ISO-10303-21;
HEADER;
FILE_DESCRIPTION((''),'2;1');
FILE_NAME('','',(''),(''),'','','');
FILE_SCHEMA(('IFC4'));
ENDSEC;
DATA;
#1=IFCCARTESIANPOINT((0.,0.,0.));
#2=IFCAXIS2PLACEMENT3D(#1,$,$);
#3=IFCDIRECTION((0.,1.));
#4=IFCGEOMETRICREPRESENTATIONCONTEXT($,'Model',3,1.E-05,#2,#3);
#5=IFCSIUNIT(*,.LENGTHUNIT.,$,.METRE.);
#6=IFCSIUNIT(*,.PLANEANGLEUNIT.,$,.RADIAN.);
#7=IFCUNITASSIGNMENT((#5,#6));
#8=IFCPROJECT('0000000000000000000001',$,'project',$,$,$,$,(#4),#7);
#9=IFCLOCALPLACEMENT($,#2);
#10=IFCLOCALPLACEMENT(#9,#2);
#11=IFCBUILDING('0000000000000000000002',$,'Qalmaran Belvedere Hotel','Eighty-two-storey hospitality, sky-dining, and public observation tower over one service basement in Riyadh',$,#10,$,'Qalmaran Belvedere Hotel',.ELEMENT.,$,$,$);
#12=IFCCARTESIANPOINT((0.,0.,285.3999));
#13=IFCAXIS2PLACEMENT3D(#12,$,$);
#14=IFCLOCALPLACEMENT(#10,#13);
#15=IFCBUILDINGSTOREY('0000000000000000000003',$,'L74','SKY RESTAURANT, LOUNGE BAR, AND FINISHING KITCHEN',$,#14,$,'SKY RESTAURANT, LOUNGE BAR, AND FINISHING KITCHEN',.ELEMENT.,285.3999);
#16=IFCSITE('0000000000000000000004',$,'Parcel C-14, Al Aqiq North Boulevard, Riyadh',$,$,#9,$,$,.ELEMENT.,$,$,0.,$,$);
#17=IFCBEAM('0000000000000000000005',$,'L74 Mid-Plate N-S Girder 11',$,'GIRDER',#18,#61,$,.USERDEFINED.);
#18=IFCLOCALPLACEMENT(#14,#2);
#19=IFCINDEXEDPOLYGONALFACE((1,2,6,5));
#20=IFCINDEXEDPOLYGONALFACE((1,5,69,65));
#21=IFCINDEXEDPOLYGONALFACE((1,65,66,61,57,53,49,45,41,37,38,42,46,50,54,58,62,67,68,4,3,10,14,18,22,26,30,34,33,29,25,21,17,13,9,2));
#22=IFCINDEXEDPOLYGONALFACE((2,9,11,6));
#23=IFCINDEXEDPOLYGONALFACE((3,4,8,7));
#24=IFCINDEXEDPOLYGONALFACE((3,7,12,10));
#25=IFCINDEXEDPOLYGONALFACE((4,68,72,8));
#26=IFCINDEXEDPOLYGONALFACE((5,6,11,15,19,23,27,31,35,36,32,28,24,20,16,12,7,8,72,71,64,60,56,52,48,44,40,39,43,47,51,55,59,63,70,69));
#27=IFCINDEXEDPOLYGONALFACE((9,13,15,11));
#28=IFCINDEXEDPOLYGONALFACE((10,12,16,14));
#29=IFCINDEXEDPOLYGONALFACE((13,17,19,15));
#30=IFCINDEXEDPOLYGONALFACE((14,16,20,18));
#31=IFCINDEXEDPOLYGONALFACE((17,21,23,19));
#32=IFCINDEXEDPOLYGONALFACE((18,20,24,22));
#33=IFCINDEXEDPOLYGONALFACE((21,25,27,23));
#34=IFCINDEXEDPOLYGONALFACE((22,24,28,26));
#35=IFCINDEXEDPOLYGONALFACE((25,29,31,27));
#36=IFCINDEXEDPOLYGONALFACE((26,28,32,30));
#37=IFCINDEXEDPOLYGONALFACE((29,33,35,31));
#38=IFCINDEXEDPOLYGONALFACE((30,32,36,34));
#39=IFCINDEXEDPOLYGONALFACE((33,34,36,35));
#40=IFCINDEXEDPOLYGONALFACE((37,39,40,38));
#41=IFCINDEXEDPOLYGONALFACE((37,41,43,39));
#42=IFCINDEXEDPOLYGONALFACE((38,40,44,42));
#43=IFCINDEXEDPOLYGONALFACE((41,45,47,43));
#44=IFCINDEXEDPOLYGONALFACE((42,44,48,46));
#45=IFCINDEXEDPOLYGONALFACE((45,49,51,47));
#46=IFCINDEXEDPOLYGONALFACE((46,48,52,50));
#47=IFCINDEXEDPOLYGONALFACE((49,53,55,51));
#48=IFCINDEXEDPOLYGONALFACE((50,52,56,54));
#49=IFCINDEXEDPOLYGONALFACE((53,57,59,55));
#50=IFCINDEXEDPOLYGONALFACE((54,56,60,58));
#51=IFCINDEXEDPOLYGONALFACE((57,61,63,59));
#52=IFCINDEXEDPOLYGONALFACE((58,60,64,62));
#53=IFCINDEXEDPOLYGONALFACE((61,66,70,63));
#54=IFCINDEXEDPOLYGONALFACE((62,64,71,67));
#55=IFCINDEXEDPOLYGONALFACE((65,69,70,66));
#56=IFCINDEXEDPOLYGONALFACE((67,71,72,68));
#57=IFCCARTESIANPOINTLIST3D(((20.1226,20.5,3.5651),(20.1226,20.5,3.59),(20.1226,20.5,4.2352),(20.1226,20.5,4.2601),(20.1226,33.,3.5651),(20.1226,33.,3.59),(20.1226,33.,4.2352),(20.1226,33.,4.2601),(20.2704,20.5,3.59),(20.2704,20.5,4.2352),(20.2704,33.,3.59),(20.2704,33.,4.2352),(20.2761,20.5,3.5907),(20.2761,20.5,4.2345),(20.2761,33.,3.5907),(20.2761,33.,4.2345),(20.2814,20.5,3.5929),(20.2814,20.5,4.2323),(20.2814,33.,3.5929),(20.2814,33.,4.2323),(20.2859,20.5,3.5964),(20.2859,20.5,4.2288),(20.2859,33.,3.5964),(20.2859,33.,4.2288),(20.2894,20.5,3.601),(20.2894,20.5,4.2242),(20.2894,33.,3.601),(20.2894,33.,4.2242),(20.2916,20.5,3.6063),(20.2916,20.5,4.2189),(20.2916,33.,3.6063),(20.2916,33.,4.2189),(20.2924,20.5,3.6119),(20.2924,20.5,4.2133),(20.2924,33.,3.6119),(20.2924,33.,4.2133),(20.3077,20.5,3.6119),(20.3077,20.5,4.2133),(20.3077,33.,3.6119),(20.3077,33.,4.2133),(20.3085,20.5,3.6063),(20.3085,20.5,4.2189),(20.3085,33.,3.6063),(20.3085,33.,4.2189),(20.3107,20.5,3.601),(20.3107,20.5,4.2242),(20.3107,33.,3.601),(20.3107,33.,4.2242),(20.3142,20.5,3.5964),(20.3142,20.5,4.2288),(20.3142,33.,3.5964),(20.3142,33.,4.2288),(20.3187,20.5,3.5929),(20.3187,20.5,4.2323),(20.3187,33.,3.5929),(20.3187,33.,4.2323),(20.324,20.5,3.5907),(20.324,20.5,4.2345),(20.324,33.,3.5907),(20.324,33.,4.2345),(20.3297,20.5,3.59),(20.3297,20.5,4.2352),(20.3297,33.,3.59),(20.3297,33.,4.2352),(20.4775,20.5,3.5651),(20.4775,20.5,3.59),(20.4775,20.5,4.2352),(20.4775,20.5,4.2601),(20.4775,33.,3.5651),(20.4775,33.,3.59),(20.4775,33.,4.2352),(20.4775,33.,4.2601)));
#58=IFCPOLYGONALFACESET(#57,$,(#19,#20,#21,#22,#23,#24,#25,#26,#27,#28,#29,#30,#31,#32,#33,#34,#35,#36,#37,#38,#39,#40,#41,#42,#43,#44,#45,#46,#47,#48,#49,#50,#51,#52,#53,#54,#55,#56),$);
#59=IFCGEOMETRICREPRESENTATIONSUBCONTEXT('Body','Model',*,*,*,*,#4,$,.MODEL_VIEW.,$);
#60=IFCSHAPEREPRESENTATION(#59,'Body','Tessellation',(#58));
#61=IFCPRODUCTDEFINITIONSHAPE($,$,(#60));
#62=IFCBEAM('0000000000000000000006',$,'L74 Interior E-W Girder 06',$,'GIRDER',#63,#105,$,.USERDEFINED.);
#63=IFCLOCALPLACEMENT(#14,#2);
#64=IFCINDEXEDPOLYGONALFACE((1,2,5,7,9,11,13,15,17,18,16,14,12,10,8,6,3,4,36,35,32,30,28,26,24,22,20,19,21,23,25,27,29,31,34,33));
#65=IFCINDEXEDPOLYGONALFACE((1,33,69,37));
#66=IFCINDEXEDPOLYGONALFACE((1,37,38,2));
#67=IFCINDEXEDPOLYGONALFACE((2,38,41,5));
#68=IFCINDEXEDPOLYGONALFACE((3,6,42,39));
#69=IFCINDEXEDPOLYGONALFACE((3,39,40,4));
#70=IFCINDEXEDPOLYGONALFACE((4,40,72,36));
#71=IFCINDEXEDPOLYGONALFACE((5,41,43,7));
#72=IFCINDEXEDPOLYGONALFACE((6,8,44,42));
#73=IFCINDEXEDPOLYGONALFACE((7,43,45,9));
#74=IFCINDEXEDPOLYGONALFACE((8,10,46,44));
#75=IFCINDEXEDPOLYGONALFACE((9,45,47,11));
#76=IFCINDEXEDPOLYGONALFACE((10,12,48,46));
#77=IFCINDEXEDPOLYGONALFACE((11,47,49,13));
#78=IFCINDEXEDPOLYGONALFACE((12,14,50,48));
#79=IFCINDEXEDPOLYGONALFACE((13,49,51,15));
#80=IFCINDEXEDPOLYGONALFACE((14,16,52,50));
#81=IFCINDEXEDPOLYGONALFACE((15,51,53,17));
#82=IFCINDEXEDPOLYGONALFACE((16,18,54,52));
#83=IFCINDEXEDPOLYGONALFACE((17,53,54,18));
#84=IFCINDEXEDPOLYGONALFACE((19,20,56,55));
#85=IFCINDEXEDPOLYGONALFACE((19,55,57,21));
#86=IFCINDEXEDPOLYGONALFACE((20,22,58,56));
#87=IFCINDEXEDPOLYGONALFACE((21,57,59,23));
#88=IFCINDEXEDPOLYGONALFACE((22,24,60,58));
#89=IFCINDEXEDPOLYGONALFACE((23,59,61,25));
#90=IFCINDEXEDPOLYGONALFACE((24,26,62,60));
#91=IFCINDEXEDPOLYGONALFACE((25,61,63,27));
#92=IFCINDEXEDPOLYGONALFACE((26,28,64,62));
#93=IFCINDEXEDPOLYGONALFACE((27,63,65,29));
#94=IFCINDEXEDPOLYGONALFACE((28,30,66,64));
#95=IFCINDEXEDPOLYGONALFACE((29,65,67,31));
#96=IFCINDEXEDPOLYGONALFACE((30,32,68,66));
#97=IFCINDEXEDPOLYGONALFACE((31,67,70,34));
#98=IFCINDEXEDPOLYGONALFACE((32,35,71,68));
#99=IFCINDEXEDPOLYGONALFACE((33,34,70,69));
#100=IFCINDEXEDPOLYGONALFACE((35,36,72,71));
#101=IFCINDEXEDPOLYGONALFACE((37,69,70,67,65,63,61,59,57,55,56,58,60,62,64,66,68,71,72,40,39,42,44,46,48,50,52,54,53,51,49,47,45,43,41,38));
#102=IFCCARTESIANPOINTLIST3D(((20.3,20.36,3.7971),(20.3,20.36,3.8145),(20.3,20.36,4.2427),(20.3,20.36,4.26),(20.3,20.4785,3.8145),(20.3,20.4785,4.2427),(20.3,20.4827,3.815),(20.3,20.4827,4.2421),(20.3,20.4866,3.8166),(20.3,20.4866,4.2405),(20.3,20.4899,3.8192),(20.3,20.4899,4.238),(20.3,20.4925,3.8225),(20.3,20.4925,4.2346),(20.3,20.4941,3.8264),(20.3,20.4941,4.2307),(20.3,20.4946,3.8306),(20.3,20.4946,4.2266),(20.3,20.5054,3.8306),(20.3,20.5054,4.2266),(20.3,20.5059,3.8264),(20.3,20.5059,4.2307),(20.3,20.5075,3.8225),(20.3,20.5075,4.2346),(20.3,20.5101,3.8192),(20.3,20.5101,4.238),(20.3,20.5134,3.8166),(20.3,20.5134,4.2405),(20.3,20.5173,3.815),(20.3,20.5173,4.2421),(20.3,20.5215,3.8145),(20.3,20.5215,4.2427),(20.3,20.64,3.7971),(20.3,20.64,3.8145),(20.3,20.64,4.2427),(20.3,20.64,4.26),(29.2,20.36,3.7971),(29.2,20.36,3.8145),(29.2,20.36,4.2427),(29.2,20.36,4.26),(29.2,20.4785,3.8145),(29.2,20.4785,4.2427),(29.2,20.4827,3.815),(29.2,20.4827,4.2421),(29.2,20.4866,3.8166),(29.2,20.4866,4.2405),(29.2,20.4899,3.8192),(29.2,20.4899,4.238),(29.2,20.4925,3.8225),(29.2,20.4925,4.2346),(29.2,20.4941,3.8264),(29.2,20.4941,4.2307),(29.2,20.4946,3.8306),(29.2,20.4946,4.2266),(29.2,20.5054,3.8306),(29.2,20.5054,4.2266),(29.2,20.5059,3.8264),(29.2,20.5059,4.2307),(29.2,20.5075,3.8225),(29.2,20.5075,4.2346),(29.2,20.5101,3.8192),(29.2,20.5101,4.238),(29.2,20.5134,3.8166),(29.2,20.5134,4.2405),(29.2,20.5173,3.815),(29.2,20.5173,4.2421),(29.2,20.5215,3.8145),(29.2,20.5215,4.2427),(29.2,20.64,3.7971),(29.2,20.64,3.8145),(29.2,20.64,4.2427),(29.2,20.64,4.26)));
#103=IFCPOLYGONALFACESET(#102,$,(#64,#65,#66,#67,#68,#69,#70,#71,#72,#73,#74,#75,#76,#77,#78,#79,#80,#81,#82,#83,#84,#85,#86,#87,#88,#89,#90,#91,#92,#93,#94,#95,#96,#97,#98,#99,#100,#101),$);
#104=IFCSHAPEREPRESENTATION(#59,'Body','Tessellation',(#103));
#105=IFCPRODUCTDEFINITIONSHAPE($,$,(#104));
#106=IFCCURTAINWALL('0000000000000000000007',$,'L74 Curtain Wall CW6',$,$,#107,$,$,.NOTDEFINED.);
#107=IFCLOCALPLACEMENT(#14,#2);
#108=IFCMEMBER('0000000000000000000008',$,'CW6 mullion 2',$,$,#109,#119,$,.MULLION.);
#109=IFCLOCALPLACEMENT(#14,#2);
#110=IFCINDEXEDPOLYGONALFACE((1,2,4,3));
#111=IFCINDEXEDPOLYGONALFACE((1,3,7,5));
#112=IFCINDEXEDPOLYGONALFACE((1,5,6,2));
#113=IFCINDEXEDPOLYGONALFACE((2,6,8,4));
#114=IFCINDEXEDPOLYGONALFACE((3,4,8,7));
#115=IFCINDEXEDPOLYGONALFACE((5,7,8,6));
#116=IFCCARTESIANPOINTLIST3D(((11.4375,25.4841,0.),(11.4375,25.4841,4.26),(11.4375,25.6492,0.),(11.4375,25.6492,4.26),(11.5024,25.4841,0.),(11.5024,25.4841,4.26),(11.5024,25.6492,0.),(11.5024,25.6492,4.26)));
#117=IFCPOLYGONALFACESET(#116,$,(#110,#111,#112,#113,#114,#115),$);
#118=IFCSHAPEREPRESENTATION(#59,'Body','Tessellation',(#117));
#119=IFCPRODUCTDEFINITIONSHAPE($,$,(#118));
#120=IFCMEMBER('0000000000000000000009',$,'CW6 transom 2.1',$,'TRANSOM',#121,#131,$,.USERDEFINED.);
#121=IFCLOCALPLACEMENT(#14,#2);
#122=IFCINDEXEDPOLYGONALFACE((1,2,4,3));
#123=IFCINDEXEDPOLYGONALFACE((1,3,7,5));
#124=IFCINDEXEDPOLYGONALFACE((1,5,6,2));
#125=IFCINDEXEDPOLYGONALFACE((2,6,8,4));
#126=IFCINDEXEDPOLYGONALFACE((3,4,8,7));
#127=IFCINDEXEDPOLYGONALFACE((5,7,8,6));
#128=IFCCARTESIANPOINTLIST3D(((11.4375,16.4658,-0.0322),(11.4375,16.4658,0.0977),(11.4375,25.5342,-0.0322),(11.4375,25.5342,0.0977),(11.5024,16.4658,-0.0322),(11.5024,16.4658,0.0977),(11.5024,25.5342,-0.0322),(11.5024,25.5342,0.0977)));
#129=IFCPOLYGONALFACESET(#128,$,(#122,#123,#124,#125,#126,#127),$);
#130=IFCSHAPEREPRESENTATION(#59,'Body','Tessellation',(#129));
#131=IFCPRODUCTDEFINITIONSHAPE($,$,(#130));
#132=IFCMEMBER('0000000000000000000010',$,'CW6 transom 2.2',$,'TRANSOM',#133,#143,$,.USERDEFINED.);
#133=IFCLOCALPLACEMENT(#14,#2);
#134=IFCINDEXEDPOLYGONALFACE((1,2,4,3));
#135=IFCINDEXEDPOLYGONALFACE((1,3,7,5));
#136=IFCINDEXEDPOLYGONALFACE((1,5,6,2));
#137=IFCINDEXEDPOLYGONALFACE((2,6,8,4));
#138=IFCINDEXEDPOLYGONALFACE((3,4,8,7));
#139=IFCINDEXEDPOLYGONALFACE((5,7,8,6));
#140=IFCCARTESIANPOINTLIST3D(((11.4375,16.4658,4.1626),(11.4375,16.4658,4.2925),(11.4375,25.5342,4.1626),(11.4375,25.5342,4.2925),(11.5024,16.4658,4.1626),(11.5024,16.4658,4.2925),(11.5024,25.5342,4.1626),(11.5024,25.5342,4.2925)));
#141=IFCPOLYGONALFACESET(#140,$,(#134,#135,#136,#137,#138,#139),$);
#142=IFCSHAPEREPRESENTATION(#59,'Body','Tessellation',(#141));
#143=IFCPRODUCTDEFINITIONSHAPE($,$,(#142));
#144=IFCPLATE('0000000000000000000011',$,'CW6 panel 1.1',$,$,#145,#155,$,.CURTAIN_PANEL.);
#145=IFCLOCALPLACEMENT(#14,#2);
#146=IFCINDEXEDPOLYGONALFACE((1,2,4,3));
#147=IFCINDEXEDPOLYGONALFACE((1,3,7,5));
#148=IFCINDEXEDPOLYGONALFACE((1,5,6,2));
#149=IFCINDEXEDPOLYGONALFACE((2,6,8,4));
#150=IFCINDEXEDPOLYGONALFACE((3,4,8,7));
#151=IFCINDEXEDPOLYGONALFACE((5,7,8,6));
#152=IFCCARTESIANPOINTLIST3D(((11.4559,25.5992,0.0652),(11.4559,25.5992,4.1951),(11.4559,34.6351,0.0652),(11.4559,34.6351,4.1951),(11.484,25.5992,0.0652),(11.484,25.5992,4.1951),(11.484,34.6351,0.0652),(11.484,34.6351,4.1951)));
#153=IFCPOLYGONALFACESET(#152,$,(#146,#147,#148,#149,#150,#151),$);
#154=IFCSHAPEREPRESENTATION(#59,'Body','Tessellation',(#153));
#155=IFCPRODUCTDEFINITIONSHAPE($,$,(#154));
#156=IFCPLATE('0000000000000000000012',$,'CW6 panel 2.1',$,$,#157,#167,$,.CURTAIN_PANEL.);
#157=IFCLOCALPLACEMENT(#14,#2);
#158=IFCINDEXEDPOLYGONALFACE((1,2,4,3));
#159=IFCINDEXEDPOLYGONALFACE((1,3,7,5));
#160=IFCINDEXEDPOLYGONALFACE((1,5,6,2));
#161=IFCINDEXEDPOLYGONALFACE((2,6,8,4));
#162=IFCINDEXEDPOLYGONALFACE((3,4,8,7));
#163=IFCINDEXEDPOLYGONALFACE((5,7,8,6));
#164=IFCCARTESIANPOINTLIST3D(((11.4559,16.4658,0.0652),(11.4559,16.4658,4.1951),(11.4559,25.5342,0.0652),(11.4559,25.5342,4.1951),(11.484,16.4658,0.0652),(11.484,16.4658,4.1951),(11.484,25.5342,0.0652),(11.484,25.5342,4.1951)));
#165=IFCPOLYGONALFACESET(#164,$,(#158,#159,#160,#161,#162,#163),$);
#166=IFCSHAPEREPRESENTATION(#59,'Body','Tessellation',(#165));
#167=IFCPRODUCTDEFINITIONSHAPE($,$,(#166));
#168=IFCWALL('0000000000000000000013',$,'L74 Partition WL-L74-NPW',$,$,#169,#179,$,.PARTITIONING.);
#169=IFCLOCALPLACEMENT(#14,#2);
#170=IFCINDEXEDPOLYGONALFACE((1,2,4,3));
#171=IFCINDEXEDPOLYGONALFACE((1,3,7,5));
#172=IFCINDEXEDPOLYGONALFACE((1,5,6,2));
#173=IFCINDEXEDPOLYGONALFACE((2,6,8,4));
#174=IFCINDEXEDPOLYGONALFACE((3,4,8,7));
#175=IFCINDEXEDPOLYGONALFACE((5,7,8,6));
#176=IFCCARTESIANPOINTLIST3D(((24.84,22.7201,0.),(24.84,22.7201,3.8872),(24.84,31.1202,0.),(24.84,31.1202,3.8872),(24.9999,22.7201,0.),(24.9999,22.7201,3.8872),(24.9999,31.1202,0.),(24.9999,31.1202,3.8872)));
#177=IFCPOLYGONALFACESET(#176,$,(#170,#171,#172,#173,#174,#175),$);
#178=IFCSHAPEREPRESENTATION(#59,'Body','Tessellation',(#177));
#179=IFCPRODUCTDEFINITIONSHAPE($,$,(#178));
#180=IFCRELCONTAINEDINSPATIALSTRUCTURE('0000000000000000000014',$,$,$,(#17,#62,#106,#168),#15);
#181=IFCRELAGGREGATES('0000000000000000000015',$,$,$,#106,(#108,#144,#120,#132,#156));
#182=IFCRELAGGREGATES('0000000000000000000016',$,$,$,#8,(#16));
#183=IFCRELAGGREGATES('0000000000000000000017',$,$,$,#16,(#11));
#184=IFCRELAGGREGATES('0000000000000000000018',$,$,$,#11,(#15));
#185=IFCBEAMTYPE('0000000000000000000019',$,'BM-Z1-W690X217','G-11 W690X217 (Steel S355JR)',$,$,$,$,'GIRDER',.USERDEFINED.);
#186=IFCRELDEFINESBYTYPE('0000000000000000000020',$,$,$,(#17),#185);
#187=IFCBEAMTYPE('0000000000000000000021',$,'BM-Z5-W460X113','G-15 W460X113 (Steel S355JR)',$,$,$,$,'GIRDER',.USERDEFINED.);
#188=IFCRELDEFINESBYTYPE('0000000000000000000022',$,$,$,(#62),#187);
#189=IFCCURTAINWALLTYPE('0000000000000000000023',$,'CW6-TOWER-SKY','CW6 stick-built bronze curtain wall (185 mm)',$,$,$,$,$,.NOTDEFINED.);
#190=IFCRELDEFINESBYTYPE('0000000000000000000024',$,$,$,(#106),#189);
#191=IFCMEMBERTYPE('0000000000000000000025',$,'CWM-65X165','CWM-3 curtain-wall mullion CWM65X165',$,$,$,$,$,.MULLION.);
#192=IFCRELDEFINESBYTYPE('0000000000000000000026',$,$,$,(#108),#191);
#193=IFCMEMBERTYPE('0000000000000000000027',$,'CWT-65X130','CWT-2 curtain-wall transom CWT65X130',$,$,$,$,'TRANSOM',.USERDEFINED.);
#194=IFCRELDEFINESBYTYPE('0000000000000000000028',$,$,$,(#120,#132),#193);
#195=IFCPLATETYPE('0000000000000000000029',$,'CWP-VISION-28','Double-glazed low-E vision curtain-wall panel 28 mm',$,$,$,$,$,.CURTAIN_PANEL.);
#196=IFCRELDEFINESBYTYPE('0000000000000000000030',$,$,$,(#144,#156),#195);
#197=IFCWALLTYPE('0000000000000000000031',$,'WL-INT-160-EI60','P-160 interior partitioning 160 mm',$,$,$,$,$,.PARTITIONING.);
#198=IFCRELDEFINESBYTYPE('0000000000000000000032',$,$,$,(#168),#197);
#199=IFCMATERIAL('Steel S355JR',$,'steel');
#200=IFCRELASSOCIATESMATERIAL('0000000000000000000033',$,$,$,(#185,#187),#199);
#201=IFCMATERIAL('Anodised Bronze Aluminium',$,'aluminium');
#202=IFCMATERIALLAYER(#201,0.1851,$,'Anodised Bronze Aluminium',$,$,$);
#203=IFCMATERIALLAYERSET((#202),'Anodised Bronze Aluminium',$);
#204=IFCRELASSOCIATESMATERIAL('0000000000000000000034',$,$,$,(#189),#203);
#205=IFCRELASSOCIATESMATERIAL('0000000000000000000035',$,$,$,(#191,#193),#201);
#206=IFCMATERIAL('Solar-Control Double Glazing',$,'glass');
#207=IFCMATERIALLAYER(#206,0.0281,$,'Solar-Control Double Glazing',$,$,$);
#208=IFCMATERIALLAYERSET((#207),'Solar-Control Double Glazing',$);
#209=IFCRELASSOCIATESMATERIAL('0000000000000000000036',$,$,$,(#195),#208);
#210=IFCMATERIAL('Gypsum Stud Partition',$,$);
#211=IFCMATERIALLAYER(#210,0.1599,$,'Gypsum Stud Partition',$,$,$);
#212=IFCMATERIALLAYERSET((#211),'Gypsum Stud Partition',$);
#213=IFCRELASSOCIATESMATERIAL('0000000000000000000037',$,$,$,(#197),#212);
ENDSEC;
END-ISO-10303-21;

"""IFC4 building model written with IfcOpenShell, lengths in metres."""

from ifc_helpers import new_model, si_unit, direction, frame, frame_2d, origin, origin_2d, place, context, subcontext, project, spatial, rectangle, i_section, extrude, material, layer, layer_set, material_profile, profile_set, type_object, element, aggregate, save


model = new_model("IFC4")

# Units and contexts
model_context = context("Model", 3, precision=1e-05, world=origin(), true_north=direction((0.0, 1.0)))
body_context = subcontext(model_context, "Body", "Model", "MODEL_VIEW")
ifc_project = project(units=[si_unit("LENGTHUNIT", "METRE"), si_unit("PLANEANGLEUNIT", "RADIAN")], contexts=[model_context])

# Site, building, storey
site_placement = place(None, origin())
site = spatial("IfcSite", under=ifc_project, at=site_placement, Name="Parcel C-14, Al Aqiq North Boulevard, Riyadh", CompositionType="ELEMENT", RefElevation=0.0)
building_placement = place(site_placement, origin())
building = spatial("IfcBuilding", under=site, at=building_placement, Name="Qalmaran Belvedere Hotel", Description="Eighty-two-storey hospitality, sky-dining, and public observation tower over one service basement in Riyadh", LongName="Qalmaran Belvedere Hotel", CompositionType="ELEMENT")
storey_placement = place(building_placement, frame((0.0, 0.0, 285.3999)))
storey = spatial("IfcBuildingStorey", under=building, at=storey_placement, Name="L74", Description="SKY RESTAURANT, LOUNGE BAR, AND FINISHING KITCHEN", LongName="SKY RESTAURANT, LOUNGE BAR, AND FINISHING KITCHEN", CompositionType="ELEMENT", Elevation=285.3999)

# Beams
ifc_material_1 = material(Name="Steel S355JR", Category="steel")
ifc_material_profile_1 = material_profile(ifc_material_1, i_section(OverallWidth=0.355, OverallDepth=0.6951, WebThickness=0.0154, FlangeThickness=0.0249, FilletRadius=0.022, at=origin_2d()), Name="W690X217")
ifc_profile_set_1 = profile_set([ifc_material_profile_1], Name="Steel S355JR")
beam_type_1 = type_object("IfcBeamType", Name="BM-Z1-W690X217", Description="G-11 W690X217 (Steel S355JR)", ElementType="GIRDER", PredefinedType="USERDEFINED", material=ifc_profile_set_1)
beam_1_placement = place(storey_placement, frame((20.3, 20.5, 3.9126), z_axis=(0.0, 1.0, 0.0), x_axis=(-1.0, 0.0, 0.0)))
element("IfcBeam", 1, at=beam_1_placement, inside=storey, type_object=beam_type_1, Name="L74 Mid-Plate N-S Girder 11", ObjectType="GIRDER", PredefinedType="USERDEFINED", context=body_context, shape_type="SweptSolid", body=[
    extrude(i_section(OverallWidth=0.355, OverallDepth=0.6951, WebThickness=0.0154, FlangeThickness=0.0249, FilletRadius=0.022, at=origin_2d()), origin(), (0.0, 0.0, 1.0), 12.5),
])
ifc_material_profile_2 = material_profile(ifc_material_1, i_section(OverallWidth=0.28, OverallDepth=0.4629, WebThickness=0.0107, FlangeThickness=0.0173, FilletRadius=0.0161, at=origin_2d()), Name="W460X113")
ifc_profile_set_2 = profile_set([ifc_material_profile_2], Name="Steel S355JR")
beam_type_2 = type_object("IfcBeamType", Name="BM-Z5-W460X113", Description="G-15 W460X113 (Steel S355JR)", ElementType="GIRDER", PredefinedType="USERDEFINED", material=ifc_profile_set_2)
beam_2_placement = place(storey_placement, frame((20.3, 20.5, 4.0286), z_axis=(1.0, 0.0, 0.0), x_axis=(0.0, 1.0, 0.0)))
element("IfcBeam", 2, at=beam_2_placement, inside=storey, type_object=beam_type_2, Name="L74 Interior E-W Girder 06", ObjectType="GIRDER", PredefinedType="USERDEFINED", context=body_context, shape_type="SweptSolid", body=[
    extrude(i_section(OverallWidth=0.28, OverallDepth=0.4629, WebThickness=0.0107, FlangeThickness=0.0173, FilletRadius=0.0161, at=origin_2d()), origin(), (0.0, 0.0, 1.0), 8.8999),
])

# Curtain wall, members, plates
ifc_material_2 = material(Name="Anodised Bronze Aluminium", Category="aluminium")
ifc_layer_1 = layer(ifc_material_2, 0.1851, Name="Anodised Bronze Aluminium")
ifc_layer_set_1 = layer_set([ifc_layer_1], Name="Anodised Bronze Aluminium")
curtain_wall_type = type_object("IfcCurtainWallType", Name="CW6-TOWER-SKY", Description="CW6 stick-built bronze curtain wall (185 mm)", PredefinedType="NOTDEFINED", material=ifc_layer_set_1)
curtain_wall_placement = place(storey_placement, origin())
curtain_wall = element("IfcCurtainWall", 3, at=curtain_wall_placement, inside=storey, type_object=curtain_wall_type, Name="L74 Curtain Wall CW6", PredefinedType="NOTDEFINED")
ifc_material_profile_3 = material_profile(ifc_material_2, rectangle(XDim=0.0649, YDim=0.165, at=origin_2d()), Name="CWM65X165")
ifc_profile_set_3 = profile_set([ifc_material_profile_3], Name="Anodised Bronze Aluminium")
member_type_1 = type_object("IfcMemberType", Name="CWM-65X165", Description="CWM-3 curtain-wall mullion CWM65X165", PredefinedType="MULLION", material=ifc_profile_set_3)
member_1_placement = place(storey_placement, frame((11.47, 25.5667, 0.0), z_axis=(0.0, 0.0, 1.0), x_axis=(1.0, 0.0, 0.0)))
member_1 = element("IfcMember", 4, at=member_1_placement, type_object=member_type_1, Name="CW6 mullion 2", PredefinedType="MULLION", context=body_context, shape_type="SweptSolid", body=[
    extrude(rectangle(XDim=0.0649, YDim=0.165, at=origin_2d()), origin(), (0.0, 0.0, 1.0), 4.26),
])
ifc_material_profile_4 = material_profile(ifc_material_2, rectangle(XDim=0.0649, YDim=0.1299, at=origin_2d()), Name="CWT65X130")
ifc_profile_set_4 = profile_set([ifc_material_profile_4], Name="Anodised Bronze Aluminium")
member_type_2 = type_object("IfcMemberType", Name="CWT-65X130", Description="CWT-2 curtain-wall transom CWT65X130", ElementType="TRANSOM", PredefinedType="USERDEFINED", material=ifc_profile_set_4)
member_2_placement = place(storey_placement, frame((11.47, 25.5342, 0.0327), z_axis=(0.0, -1.0, 0.0), x_axis=(1.0, 0.0, 0.0)))
member_2 = element("IfcMember", 5, at=member_2_placement, type_object=member_type_2, Name="CW6 transom 2.1", ObjectType="TRANSOM", PredefinedType="USERDEFINED", context=body_context, shape_type="SweptSolid", body=[
    extrude(rectangle(XDim=0.0649, YDim=0.1299, at=origin_2d()), origin(), (0.0, 0.0, 1.0), 9.0684),
])
member_3_placement = place(storey_placement, frame((11.47, 25.5342, 4.2275), z_axis=(0.0, -1.0, 0.0), x_axis=(1.0, 0.0, 0.0)))
member_3 = element("IfcMember", 6, at=member_3_placement, type_object=member_type_2, Name="CW6 transom 2.2", ObjectType="TRANSOM", PredefinedType="USERDEFINED", context=body_context, shape_type="SweptSolid", body=[
    extrude(rectangle(XDim=0.0649, YDim=0.1299, at=origin_2d()), origin(), (0.0, 0.0, 1.0), 9.0684),
])
ifc_material_3 = material(Name="Solar-Control Double Glazing", Category="glass")
ifc_layer_2 = layer(ifc_material_3, 0.0281, Name="Solar-Control Double Glazing")
ifc_layer_set_2 = layer_set([ifc_layer_2], Name="Solar-Control Double Glazing")
plate_type = type_object("IfcPlateType", Name="CWP-VISION-28", Description="Double-glazed low-E vision curtain-wall panel 28 mm", PredefinedType="CURTAIN_PANEL", material=ifc_layer_set_2)
plate_1_placement = place(storey_placement, frame((11.47, 30.1172, 0.0652), z_axis=(0.0, 0.0, 1.0), x_axis=(0.0, -1.0, 0.0)))
plate_1 = element("IfcPlate", 7, at=plate_1_placement, type_object=plate_type, Name="CW6 panel 1.1", PredefinedType="CURTAIN_PANEL", context=body_context, shape_type="SweptSolid", body=[
    extrude(rectangle(XDim=9.0359, YDim=0.0281, at=origin_2d()), origin(), (0.0, 0.0, 1.0), 4.1299),
])
plate_2_placement = place(storey_placement, frame((11.47, 21.0, 0.0652), z_axis=(0.0, 0.0, 1.0), x_axis=(0.0, -1.0, 0.0)))
plate_2 = element("IfcPlate", 8, at=plate_2_placement, type_object=plate_type, Name="CW6 panel 2.1", PredefinedType="CURTAIN_PANEL", context=body_context, shape_type="SweptSolid", body=[
    extrude(rectangle(XDim=9.0684, YDim=0.0281, at=origin_2d()), origin(), (0.0, 0.0, 1.0), 4.1299),
])
aggregate(curtain_wall, [member_1, plate_1, member_2, member_3, plate_2])

# Wall
ifc_material_4 = material(Name="Gypsum Stud Partition")
ifc_layer_3 = layer(ifc_material_4, 0.1599, Name="Gypsum Stud Partition")
ifc_layer_set_3 = layer_set([ifc_layer_3], Name="Gypsum Stud Partition")
wall_type_1 = type_object("IfcWallType", Name="WL-INT-160-EI60", Description="P-160 interior partitioning 160 mm", PredefinedType="PARTITIONING", material=ifc_layer_set_3)
wall_1_placement = place(storey_placement, frame((24.9199, 22.72, 0.0), z_axis=(0.0, 0.0, 1.0), x_axis=(0.0, 1.0, 0.0)))
element("IfcWall", 9, at=wall_1_placement, inside=storey, type_object=wall_type_1, Name="L74 Partition WL-L74-NPW", PredefinedType="PARTITIONING", context=body_context, shape_type="SweptSolid", body=[
    extrude(rectangle(XDim=8.4001, YDim=0.1599, at=frame_2d((4.2002, 0.0))), origin(), (0.0, 0.0, 1.0), 3.8872),
])

save(model, "model.ifc")
